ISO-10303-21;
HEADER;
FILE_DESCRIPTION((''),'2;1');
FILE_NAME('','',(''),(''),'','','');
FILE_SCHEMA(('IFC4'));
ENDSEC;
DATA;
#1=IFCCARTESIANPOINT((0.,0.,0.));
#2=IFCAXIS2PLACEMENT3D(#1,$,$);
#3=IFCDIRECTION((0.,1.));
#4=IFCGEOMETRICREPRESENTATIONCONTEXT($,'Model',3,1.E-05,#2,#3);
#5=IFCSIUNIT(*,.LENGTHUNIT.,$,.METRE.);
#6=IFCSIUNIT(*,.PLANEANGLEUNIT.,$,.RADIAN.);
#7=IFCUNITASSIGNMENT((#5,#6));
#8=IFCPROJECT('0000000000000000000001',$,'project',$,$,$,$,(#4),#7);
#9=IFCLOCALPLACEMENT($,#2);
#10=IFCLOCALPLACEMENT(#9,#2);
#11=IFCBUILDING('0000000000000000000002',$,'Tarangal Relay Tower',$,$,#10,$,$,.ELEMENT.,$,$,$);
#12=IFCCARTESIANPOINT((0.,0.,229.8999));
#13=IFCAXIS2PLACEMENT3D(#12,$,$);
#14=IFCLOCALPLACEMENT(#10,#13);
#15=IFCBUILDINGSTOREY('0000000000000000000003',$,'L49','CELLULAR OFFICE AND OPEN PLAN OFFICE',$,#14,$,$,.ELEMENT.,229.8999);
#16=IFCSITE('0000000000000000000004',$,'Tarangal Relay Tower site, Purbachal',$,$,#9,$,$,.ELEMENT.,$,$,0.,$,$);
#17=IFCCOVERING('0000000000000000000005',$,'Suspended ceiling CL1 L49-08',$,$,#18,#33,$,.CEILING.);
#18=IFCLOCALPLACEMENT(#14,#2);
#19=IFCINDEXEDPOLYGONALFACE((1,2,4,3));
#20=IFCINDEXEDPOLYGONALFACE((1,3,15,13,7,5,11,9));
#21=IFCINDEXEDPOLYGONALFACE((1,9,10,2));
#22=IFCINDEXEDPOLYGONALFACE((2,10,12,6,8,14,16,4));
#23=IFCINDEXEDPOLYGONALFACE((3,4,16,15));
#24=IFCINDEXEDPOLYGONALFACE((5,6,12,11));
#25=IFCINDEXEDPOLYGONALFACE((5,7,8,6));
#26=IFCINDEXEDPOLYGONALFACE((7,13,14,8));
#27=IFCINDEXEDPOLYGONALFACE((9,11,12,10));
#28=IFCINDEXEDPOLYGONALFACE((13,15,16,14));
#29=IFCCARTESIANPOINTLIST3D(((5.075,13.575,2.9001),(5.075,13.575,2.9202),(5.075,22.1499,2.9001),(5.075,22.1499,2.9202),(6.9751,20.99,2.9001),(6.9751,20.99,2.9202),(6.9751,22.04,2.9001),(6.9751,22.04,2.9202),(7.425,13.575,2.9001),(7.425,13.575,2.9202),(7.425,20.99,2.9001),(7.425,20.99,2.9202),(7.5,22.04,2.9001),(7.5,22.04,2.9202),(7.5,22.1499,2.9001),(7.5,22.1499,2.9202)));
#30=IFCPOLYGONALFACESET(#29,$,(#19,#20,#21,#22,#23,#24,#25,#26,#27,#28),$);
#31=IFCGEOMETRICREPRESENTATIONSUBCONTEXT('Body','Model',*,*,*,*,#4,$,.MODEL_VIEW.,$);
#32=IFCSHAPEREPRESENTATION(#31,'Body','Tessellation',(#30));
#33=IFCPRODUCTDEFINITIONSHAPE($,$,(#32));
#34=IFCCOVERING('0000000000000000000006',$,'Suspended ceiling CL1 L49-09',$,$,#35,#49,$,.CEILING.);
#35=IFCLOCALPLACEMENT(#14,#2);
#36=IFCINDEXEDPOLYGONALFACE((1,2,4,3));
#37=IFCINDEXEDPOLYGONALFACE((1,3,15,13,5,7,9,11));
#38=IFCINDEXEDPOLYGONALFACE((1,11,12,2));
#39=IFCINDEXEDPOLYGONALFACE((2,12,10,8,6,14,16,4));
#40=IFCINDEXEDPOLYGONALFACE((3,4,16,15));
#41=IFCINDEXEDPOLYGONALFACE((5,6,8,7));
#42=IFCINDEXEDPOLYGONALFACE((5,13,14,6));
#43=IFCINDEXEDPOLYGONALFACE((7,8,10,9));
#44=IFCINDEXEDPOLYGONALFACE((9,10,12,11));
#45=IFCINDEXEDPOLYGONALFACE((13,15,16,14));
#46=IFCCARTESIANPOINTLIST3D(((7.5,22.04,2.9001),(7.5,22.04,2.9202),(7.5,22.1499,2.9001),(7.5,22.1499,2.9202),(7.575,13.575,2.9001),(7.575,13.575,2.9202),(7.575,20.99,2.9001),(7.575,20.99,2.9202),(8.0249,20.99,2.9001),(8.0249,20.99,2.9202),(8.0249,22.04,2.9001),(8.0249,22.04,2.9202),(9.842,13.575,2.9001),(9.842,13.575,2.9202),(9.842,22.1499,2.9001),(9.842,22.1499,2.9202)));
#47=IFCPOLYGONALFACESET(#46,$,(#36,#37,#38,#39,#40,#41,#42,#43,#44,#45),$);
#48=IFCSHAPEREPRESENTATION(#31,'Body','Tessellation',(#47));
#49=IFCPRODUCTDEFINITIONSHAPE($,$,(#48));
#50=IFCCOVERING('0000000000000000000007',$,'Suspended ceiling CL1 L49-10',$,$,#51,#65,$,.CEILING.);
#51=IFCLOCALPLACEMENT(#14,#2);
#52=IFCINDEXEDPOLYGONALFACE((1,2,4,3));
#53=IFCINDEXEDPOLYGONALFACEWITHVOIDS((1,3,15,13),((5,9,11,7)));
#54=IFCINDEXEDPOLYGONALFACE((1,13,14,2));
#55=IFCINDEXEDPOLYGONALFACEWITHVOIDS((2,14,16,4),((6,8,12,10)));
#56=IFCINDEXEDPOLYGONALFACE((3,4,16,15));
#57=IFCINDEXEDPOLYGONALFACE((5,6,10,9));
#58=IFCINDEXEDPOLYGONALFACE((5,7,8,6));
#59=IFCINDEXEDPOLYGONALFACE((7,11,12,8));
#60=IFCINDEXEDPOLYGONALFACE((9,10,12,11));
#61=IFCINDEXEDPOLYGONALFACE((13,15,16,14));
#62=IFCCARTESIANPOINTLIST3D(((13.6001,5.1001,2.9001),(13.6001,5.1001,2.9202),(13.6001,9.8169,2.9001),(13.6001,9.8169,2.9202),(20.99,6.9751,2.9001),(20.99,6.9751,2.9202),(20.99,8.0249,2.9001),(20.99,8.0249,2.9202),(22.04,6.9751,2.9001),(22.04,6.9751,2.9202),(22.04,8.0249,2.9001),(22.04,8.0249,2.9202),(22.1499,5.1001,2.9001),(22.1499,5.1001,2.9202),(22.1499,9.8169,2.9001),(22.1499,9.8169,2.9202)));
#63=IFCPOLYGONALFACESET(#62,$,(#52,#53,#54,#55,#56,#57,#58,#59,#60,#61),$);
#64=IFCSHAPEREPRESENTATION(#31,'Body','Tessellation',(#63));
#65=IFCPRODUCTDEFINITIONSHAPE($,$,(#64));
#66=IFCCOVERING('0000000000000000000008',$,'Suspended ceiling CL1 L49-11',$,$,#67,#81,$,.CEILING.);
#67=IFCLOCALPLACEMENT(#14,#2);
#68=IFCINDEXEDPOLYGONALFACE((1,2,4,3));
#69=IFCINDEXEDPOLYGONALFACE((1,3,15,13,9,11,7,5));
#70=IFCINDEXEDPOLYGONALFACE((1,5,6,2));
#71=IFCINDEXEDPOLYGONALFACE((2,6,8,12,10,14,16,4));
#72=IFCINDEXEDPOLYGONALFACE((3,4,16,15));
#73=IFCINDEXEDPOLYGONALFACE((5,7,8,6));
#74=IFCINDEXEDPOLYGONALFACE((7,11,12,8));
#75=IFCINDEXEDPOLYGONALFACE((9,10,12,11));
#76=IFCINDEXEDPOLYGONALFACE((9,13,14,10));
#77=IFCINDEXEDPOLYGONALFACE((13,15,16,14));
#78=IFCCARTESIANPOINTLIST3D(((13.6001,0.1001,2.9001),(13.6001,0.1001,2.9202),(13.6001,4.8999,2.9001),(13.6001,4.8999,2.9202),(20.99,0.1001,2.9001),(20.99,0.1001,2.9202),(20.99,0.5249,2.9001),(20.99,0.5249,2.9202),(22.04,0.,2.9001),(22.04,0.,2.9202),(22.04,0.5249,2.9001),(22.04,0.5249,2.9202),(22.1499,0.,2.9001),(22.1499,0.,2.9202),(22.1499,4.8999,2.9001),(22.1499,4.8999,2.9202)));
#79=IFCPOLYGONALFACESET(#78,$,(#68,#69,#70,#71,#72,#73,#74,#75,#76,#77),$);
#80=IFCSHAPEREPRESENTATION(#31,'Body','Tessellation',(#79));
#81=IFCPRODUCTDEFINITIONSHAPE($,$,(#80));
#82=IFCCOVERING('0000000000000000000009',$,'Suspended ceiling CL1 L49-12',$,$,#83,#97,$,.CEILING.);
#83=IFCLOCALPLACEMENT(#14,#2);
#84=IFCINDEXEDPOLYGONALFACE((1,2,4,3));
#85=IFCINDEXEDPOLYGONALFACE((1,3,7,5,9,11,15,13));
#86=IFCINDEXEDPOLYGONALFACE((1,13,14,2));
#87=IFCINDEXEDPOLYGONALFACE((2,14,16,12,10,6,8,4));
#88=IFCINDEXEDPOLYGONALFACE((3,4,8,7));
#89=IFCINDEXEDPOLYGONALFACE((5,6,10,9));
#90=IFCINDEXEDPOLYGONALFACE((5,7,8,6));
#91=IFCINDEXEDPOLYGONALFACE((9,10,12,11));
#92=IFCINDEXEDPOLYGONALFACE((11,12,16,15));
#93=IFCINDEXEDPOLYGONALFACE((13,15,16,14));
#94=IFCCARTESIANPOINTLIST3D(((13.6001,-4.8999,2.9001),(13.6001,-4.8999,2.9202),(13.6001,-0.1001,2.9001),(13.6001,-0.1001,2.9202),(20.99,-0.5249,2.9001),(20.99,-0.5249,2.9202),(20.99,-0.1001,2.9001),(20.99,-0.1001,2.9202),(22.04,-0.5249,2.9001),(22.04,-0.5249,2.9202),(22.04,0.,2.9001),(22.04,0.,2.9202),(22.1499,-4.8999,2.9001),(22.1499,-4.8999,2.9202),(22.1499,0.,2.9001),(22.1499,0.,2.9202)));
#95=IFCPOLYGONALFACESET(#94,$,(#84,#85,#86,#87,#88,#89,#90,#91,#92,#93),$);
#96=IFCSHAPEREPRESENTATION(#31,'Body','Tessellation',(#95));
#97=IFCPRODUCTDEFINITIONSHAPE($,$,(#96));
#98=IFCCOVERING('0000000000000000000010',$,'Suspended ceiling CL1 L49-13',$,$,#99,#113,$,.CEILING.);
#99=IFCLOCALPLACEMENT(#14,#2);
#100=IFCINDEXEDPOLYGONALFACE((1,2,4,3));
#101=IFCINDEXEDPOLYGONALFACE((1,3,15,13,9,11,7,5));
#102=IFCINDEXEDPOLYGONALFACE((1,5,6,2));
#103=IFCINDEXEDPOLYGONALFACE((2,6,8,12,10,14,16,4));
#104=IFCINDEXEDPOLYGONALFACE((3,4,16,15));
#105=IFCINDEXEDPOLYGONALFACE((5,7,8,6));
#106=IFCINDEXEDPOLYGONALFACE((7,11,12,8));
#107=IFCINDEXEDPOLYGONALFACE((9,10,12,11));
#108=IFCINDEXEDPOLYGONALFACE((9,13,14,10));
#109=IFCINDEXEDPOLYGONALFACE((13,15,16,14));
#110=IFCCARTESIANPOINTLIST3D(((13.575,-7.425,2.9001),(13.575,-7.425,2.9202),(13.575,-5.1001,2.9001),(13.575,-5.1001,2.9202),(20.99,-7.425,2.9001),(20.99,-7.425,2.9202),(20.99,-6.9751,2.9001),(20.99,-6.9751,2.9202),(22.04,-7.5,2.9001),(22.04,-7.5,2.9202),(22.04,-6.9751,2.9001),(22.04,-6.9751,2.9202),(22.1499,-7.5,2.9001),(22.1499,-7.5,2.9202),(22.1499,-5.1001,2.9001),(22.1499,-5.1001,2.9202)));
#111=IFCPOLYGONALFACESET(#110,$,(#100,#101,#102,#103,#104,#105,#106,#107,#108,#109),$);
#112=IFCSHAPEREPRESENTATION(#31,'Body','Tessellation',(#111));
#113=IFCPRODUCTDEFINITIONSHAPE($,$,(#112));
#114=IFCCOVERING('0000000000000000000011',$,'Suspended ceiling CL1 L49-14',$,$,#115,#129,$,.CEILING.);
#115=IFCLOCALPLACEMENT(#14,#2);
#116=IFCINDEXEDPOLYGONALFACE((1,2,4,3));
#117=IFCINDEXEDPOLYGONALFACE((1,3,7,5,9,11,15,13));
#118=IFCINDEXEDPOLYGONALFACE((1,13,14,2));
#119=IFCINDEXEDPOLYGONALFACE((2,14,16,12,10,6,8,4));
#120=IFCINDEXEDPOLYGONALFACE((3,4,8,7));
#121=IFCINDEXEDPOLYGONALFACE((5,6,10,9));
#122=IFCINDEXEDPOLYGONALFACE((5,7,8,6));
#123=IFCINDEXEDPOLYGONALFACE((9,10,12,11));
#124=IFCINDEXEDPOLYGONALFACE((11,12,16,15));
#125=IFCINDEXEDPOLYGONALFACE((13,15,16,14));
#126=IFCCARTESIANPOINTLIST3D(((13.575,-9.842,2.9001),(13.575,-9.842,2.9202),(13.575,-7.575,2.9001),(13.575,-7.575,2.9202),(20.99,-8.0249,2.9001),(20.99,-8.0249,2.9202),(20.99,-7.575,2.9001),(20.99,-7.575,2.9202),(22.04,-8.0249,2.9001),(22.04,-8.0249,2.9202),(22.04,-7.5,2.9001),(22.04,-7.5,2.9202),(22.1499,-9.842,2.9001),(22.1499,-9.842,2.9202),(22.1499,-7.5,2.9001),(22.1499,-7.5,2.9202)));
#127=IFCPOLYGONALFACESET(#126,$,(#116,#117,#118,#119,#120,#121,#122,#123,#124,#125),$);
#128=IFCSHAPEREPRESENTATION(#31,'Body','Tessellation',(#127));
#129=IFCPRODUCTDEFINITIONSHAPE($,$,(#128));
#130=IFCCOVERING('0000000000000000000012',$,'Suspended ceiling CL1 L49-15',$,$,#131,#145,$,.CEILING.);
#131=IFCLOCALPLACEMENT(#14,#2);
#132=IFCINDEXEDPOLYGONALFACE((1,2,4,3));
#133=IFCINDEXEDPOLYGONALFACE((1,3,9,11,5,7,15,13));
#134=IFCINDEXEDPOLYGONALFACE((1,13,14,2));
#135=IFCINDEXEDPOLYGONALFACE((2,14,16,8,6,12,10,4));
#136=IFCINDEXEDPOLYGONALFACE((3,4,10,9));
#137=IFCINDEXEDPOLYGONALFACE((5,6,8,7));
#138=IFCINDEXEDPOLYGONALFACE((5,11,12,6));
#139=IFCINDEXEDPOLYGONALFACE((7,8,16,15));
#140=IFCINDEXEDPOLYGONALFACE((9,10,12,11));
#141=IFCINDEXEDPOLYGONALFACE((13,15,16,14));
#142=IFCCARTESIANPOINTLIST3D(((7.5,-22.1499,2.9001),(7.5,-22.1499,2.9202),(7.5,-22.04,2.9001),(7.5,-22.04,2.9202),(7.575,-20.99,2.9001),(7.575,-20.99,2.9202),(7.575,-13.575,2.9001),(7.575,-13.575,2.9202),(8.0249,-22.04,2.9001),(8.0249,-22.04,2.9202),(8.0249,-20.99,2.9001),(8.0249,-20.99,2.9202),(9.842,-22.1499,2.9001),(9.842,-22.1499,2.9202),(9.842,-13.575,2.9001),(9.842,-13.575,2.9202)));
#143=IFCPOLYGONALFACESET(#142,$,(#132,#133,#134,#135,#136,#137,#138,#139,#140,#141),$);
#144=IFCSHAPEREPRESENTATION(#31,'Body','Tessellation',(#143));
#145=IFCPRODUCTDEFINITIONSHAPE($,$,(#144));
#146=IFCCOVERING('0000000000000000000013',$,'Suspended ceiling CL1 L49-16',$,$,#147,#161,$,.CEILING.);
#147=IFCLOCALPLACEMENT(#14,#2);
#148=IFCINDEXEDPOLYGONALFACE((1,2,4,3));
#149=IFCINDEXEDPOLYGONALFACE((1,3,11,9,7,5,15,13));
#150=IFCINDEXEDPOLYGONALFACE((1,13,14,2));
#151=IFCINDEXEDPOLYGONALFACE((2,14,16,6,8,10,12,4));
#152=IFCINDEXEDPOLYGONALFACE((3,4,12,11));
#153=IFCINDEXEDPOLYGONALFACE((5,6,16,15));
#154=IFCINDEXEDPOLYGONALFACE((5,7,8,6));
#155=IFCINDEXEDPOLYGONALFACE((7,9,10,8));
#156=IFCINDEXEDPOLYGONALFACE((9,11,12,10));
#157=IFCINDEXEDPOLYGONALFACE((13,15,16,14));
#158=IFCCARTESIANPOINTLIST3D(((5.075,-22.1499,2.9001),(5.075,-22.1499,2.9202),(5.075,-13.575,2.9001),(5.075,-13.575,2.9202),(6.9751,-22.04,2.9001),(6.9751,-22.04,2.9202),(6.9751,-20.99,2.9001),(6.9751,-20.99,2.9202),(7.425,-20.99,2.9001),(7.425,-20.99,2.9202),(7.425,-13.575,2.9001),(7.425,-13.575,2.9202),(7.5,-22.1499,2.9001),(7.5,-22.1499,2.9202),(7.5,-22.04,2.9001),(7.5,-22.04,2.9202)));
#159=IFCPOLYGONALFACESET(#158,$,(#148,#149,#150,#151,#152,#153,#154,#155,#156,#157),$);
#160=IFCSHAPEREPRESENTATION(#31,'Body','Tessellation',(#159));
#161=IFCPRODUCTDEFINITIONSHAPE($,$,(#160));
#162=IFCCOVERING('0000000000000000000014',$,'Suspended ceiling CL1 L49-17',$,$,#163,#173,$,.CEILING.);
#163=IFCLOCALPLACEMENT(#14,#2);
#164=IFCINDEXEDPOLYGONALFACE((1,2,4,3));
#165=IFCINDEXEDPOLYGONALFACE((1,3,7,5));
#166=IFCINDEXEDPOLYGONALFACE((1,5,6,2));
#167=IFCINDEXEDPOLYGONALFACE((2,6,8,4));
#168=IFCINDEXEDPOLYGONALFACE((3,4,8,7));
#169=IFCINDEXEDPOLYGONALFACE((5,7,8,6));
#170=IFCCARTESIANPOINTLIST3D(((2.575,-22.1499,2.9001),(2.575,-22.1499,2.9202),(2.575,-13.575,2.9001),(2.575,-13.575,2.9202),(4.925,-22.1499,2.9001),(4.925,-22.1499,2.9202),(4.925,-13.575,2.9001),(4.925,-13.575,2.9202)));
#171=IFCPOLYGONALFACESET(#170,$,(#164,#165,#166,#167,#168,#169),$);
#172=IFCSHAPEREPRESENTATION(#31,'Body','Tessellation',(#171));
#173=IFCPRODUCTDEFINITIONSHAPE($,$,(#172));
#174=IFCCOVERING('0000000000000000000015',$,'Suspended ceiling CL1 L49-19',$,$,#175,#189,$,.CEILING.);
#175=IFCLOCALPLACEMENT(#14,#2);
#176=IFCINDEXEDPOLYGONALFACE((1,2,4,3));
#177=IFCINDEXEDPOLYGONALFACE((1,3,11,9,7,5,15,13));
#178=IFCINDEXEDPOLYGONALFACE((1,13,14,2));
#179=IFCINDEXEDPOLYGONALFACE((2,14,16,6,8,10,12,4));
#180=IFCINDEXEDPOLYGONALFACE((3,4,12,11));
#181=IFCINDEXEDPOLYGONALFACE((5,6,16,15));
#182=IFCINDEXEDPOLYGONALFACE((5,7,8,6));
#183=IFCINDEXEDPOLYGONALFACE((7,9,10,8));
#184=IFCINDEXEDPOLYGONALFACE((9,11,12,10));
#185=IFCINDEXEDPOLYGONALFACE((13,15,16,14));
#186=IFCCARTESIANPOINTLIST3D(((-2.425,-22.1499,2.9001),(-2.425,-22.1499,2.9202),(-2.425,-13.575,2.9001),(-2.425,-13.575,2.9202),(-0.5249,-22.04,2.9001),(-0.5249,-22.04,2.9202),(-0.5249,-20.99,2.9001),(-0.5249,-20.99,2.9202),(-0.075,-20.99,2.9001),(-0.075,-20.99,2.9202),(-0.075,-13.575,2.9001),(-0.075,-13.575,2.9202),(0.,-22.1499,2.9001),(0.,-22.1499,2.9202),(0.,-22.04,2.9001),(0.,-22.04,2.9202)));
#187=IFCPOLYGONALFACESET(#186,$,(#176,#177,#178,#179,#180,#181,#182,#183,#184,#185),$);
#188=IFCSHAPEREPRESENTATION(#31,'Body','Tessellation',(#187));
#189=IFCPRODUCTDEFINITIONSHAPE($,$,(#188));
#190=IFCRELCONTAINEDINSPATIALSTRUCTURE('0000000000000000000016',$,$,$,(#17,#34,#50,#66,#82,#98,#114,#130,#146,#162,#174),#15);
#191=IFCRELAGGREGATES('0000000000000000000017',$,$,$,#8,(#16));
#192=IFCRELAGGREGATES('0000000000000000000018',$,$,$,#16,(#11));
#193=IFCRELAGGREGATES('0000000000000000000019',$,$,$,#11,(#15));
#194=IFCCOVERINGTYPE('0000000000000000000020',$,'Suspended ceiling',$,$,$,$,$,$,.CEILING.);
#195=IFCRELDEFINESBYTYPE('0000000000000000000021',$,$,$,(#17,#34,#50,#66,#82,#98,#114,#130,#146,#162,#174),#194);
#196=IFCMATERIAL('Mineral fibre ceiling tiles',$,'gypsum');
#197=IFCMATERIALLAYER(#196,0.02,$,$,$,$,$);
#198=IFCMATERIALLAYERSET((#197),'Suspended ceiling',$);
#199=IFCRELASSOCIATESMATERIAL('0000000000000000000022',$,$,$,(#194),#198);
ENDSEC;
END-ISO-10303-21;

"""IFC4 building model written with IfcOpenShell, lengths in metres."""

from ifc_helpers import new_model, si_unit, direction, frame, origin, place, context, subcontext, project, spatial, polyline, outline, extrude, material, layer, layer_set, type_object, element, save


model = new_model("IFC4")

# Units and contexts
model_context = context("Model", 3, precision=1e-05, world=origin(), true_north=direction((0.0, 1.0)))
body_context = subcontext(model_context, "Body", "Model", "MODEL_VIEW")
ifc_project = project(units=[si_unit("LENGTHUNIT", "METRE"), si_unit("PLANEANGLEUNIT", "RADIAN")], contexts=[model_context])

# Site, building, storey
site_placement = place(None, origin())
site = spatial("IfcSite", under=ifc_project, at=site_placement, Name="Tarangal Relay Tower site, Purbachal", CompositionType="ELEMENT", RefElevation=0.0)
building_placement = place(site_placement, origin())
building = spatial("IfcBuilding", under=site, at=building_placement, Name="Tarangal Relay Tower", CompositionType="ELEMENT")
storey_placement = place(building_placement, frame((0.0, 0.0, 229.8999)))
storey = spatial("IfcBuildingStorey", under=building, at=storey_placement, Name="L49", Description="CELLULAR OFFICE AND OPEN PLAN OFFICE", CompositionType="ELEMENT", Elevation=229.8999)

# Coverings
ifc_material_1 = material(Name="Mineral fibre ceiling tiles", Category="gypsum")
ifc_layer_1 = layer(ifc_material_1, 0.02)
ifc_layer_set_1 = layer_set([ifc_layer_1], Name="Suspended ceiling")
covering_type_1 = type_object("IfcCoveringType", Name="Suspended ceiling", PredefinedType="CEILING", material=ifc_layer_set_1)
covering_1_placement = place(storey_placement, frame((0.0, 0.0, 2.9001)))
element("IfcCovering", 1, at=covering_1_placement, inside=storey, type_object=covering_type_1, Name="Suspended ceiling CL1 L49-08", PredefinedType="CEILING", context=body_context, shape_type="SweptSolid", body=[
    extrude(outline(polyline([(7.5, 22.1499), (5.075, 22.1499), (5.075, 13.575), (7.425, 13.575), (7.425, 20.99), (6.9751, 20.99), (6.9751, 22.04), (7.5, 22.04), (7.5, 22.1499)])), origin(), (0.0, 0.0, 1.0), 0.02),
])
covering_2_placement = place(storey_placement, frame((0.0, 0.0, 2.9001)))
element("IfcCovering", 2, at=covering_2_placement, inside=storey, type_object=covering_type_1, Name="Suspended ceiling CL1 L49-09", PredefinedType="CEILING", context=body_context, shape_type="SweptSolid", body=[
    extrude(outline(polyline([(9.842, 22.1499), (7.5, 22.1499), (7.5, 22.04), (8.0249, 22.04), (8.0249, 20.99), (7.575, 20.99), (7.575, 13.575), (9.842, 13.575), (9.842, 22.1499)])), origin(), (0.0, 0.0, 1.0), 0.02),
])
covering_3_placement = place(storey_placement, frame((0.0, 0.0, 2.9001)))
element("IfcCovering", 3, at=covering_3_placement, inside=storey, type_object=covering_type_1, Name="Suspended ceiling CL1 L49-10", PredefinedType="CEILING", context=body_context, shape_type="SweptSolid", body=[
    extrude(outline(polyline([(22.1499, 5.1001), (22.1499, 9.8169), (13.6001, 9.8169), (13.6001, 5.1001), (22.1499, 5.1001)]), holes=[polyline([(22.04, 8.0249), (20.99, 8.0249), (20.99, 6.9751), (22.04, 6.9751), (22.04, 8.0249)])]), origin(), (0.0, 0.0, 1.0), 0.02),
])
covering_4_placement = place(storey_placement, frame((0.0, 0.0, 2.9001)))
element("IfcCovering", 4, at=covering_4_placement, inside=storey, type_object=covering_type_1, Name="Suspended ceiling CL1 L49-11", PredefinedType="CEILING", context=body_context, shape_type="SweptSolid", body=[
    extrude(outline(polyline([(22.1499, 0.0), (22.1499, 4.8999), (13.6001, 4.8999), (13.6001, 0.1001), (20.99, 0.1001), (20.99, 0.5249), (22.04, 0.5249), (22.04, 0.0), (22.1499, 0.0)])), origin(), (0.0, 0.0, 1.0), 0.02),
])
covering_5_placement = place(storey_placement, frame((0.0, 0.0, 2.9001)))
element("IfcCovering", 5, at=covering_5_placement, inside=storey, type_object=covering_type_1, Name="Suspended ceiling CL1 L49-12", PredefinedType="CEILING", context=body_context, shape_type="SweptSolid", body=[
    extrude(outline(polyline([(22.1499, -4.8999), (22.1499, 0.0), (22.04, 0.0), (22.04, -0.5249), (20.99, -0.5249), (20.99, -0.1001), (13.6001, -0.1001), (13.6001, -4.8999), (22.1499, -4.8999)])), origin(), (0.0, 0.0, 1.0), 0.02),
])
covering_6_placement = place(storey_placement, frame((0.0, 0.0, 2.9001)))
element("IfcCovering", 6, at=covering_6_placement, inside=storey, type_object=covering_type_1, Name="Suspended ceiling CL1 L49-13", PredefinedType="CEILING", context=body_context, shape_type="SweptSolid", body=[
    extrude(outline(polyline([(22.1499, -7.5), (22.1499, -5.1001), (13.575, -5.1001), (13.575, -7.425), (20.99, -7.425), (20.99, -6.9751), (22.04, -6.9751), (22.04, -7.5), (22.1499, -7.5)])), origin(), (0.0, 0.0, 1.0), 0.02),
])
covering_7_placement = place(storey_placement, frame((0.0, 0.0, 2.9001)))
element("IfcCovering", 7, at=covering_7_placement, inside=storey, type_object=covering_type_1, Name="Suspended ceiling CL1 L49-14", PredefinedType="CEILING", context=body_context, shape_type="SweptSolid", body=[
    extrude(outline(polyline([(22.1499, -9.842), (22.1499, -7.5), (22.04, -7.5), (22.04, -8.0249), (20.99, -8.0249), (20.99, -7.575), (13.575, -7.575), (13.575, -9.842), (22.1499, -9.842)])), origin(), (0.0, 0.0, 1.0), 0.02),
])
covering_8_placement = place(storey_placement, frame((0.0, 0.0, 2.9001)))
element("IfcCovering", 8, at=covering_8_placement, inside=storey, type_object=covering_type_1, Name="Suspended ceiling CL1 L49-15", PredefinedType="CEILING", context=body_context, shape_type="SweptSolid", body=[
    extrude(outline(polyline([(7.5, -22.1499), (9.842, -22.1499), (9.842, -13.575), (7.575, -13.575), (7.575, -20.99), (8.0249, -20.99), (8.0249, -22.04), (7.5, -22.04), (7.5, -22.1499)])), origin(), (0.0, 0.0, 1.0), 0.02),
])
covering_9_placement = place(storey_placement, frame((0.0, 0.0, 2.9001)))
element("IfcCovering", 9, at=covering_9_placement, inside=storey, type_object=covering_type_1, Name="Suspended ceiling CL1 L49-16", PredefinedType="CEILING", context=body_context, shape_type="SweptSolid", body=[
    extrude(outline(polyline([(5.075, -22.1499), (7.5, -22.1499), (7.5, -22.04), (6.9751, -22.04), (6.9751, -20.99), (7.425, -20.99), (7.425, -13.575), (5.075, -13.575), (5.075, -22.1499)])), origin(), (0.0, 0.0, 1.0), 0.02),
])
covering_10_placement = place(storey_placement, frame((0.0, 0.0, 2.9001)))
element("IfcCovering", 10, at=covering_10_placement, inside=storey, type_object=covering_type_1, Name="Suspended ceiling CL1 L49-17", PredefinedType="CEILING", context=body_context, shape_type="SweptSolid", body=[
    extrude(outline(polyline([(4.925, -22.1499), (4.925, -13.575), (2.575, -13.575), (2.575, -22.1499), (4.925, -22.1499)])), origin(), (0.0, 0.0, 1.0), 0.02),
])
covering_11_placement = place(storey_placement, frame((0.0, 0.0, 2.9001)))
element("IfcCovering", 11, at=covering_11_placement, inside=storey, type_object=covering_type_1, Name="Suspended ceiling CL1 L49-19", PredefinedType="CEILING", context=body_context, shape_type="SweptSolid", body=[
    extrude(outline(polyline([(-2.425, -22.1499), (0.0, -22.1499), (0.0, -22.04), (-0.5249, -22.04), (-0.5249, -20.99), (-0.075, -20.99), (-0.075, -13.575), (-2.425, -13.575), (-2.425, -22.1499)])), origin(), (0.0, 0.0, 1.0), 0.02),
])

save(model, "model.ifc")
